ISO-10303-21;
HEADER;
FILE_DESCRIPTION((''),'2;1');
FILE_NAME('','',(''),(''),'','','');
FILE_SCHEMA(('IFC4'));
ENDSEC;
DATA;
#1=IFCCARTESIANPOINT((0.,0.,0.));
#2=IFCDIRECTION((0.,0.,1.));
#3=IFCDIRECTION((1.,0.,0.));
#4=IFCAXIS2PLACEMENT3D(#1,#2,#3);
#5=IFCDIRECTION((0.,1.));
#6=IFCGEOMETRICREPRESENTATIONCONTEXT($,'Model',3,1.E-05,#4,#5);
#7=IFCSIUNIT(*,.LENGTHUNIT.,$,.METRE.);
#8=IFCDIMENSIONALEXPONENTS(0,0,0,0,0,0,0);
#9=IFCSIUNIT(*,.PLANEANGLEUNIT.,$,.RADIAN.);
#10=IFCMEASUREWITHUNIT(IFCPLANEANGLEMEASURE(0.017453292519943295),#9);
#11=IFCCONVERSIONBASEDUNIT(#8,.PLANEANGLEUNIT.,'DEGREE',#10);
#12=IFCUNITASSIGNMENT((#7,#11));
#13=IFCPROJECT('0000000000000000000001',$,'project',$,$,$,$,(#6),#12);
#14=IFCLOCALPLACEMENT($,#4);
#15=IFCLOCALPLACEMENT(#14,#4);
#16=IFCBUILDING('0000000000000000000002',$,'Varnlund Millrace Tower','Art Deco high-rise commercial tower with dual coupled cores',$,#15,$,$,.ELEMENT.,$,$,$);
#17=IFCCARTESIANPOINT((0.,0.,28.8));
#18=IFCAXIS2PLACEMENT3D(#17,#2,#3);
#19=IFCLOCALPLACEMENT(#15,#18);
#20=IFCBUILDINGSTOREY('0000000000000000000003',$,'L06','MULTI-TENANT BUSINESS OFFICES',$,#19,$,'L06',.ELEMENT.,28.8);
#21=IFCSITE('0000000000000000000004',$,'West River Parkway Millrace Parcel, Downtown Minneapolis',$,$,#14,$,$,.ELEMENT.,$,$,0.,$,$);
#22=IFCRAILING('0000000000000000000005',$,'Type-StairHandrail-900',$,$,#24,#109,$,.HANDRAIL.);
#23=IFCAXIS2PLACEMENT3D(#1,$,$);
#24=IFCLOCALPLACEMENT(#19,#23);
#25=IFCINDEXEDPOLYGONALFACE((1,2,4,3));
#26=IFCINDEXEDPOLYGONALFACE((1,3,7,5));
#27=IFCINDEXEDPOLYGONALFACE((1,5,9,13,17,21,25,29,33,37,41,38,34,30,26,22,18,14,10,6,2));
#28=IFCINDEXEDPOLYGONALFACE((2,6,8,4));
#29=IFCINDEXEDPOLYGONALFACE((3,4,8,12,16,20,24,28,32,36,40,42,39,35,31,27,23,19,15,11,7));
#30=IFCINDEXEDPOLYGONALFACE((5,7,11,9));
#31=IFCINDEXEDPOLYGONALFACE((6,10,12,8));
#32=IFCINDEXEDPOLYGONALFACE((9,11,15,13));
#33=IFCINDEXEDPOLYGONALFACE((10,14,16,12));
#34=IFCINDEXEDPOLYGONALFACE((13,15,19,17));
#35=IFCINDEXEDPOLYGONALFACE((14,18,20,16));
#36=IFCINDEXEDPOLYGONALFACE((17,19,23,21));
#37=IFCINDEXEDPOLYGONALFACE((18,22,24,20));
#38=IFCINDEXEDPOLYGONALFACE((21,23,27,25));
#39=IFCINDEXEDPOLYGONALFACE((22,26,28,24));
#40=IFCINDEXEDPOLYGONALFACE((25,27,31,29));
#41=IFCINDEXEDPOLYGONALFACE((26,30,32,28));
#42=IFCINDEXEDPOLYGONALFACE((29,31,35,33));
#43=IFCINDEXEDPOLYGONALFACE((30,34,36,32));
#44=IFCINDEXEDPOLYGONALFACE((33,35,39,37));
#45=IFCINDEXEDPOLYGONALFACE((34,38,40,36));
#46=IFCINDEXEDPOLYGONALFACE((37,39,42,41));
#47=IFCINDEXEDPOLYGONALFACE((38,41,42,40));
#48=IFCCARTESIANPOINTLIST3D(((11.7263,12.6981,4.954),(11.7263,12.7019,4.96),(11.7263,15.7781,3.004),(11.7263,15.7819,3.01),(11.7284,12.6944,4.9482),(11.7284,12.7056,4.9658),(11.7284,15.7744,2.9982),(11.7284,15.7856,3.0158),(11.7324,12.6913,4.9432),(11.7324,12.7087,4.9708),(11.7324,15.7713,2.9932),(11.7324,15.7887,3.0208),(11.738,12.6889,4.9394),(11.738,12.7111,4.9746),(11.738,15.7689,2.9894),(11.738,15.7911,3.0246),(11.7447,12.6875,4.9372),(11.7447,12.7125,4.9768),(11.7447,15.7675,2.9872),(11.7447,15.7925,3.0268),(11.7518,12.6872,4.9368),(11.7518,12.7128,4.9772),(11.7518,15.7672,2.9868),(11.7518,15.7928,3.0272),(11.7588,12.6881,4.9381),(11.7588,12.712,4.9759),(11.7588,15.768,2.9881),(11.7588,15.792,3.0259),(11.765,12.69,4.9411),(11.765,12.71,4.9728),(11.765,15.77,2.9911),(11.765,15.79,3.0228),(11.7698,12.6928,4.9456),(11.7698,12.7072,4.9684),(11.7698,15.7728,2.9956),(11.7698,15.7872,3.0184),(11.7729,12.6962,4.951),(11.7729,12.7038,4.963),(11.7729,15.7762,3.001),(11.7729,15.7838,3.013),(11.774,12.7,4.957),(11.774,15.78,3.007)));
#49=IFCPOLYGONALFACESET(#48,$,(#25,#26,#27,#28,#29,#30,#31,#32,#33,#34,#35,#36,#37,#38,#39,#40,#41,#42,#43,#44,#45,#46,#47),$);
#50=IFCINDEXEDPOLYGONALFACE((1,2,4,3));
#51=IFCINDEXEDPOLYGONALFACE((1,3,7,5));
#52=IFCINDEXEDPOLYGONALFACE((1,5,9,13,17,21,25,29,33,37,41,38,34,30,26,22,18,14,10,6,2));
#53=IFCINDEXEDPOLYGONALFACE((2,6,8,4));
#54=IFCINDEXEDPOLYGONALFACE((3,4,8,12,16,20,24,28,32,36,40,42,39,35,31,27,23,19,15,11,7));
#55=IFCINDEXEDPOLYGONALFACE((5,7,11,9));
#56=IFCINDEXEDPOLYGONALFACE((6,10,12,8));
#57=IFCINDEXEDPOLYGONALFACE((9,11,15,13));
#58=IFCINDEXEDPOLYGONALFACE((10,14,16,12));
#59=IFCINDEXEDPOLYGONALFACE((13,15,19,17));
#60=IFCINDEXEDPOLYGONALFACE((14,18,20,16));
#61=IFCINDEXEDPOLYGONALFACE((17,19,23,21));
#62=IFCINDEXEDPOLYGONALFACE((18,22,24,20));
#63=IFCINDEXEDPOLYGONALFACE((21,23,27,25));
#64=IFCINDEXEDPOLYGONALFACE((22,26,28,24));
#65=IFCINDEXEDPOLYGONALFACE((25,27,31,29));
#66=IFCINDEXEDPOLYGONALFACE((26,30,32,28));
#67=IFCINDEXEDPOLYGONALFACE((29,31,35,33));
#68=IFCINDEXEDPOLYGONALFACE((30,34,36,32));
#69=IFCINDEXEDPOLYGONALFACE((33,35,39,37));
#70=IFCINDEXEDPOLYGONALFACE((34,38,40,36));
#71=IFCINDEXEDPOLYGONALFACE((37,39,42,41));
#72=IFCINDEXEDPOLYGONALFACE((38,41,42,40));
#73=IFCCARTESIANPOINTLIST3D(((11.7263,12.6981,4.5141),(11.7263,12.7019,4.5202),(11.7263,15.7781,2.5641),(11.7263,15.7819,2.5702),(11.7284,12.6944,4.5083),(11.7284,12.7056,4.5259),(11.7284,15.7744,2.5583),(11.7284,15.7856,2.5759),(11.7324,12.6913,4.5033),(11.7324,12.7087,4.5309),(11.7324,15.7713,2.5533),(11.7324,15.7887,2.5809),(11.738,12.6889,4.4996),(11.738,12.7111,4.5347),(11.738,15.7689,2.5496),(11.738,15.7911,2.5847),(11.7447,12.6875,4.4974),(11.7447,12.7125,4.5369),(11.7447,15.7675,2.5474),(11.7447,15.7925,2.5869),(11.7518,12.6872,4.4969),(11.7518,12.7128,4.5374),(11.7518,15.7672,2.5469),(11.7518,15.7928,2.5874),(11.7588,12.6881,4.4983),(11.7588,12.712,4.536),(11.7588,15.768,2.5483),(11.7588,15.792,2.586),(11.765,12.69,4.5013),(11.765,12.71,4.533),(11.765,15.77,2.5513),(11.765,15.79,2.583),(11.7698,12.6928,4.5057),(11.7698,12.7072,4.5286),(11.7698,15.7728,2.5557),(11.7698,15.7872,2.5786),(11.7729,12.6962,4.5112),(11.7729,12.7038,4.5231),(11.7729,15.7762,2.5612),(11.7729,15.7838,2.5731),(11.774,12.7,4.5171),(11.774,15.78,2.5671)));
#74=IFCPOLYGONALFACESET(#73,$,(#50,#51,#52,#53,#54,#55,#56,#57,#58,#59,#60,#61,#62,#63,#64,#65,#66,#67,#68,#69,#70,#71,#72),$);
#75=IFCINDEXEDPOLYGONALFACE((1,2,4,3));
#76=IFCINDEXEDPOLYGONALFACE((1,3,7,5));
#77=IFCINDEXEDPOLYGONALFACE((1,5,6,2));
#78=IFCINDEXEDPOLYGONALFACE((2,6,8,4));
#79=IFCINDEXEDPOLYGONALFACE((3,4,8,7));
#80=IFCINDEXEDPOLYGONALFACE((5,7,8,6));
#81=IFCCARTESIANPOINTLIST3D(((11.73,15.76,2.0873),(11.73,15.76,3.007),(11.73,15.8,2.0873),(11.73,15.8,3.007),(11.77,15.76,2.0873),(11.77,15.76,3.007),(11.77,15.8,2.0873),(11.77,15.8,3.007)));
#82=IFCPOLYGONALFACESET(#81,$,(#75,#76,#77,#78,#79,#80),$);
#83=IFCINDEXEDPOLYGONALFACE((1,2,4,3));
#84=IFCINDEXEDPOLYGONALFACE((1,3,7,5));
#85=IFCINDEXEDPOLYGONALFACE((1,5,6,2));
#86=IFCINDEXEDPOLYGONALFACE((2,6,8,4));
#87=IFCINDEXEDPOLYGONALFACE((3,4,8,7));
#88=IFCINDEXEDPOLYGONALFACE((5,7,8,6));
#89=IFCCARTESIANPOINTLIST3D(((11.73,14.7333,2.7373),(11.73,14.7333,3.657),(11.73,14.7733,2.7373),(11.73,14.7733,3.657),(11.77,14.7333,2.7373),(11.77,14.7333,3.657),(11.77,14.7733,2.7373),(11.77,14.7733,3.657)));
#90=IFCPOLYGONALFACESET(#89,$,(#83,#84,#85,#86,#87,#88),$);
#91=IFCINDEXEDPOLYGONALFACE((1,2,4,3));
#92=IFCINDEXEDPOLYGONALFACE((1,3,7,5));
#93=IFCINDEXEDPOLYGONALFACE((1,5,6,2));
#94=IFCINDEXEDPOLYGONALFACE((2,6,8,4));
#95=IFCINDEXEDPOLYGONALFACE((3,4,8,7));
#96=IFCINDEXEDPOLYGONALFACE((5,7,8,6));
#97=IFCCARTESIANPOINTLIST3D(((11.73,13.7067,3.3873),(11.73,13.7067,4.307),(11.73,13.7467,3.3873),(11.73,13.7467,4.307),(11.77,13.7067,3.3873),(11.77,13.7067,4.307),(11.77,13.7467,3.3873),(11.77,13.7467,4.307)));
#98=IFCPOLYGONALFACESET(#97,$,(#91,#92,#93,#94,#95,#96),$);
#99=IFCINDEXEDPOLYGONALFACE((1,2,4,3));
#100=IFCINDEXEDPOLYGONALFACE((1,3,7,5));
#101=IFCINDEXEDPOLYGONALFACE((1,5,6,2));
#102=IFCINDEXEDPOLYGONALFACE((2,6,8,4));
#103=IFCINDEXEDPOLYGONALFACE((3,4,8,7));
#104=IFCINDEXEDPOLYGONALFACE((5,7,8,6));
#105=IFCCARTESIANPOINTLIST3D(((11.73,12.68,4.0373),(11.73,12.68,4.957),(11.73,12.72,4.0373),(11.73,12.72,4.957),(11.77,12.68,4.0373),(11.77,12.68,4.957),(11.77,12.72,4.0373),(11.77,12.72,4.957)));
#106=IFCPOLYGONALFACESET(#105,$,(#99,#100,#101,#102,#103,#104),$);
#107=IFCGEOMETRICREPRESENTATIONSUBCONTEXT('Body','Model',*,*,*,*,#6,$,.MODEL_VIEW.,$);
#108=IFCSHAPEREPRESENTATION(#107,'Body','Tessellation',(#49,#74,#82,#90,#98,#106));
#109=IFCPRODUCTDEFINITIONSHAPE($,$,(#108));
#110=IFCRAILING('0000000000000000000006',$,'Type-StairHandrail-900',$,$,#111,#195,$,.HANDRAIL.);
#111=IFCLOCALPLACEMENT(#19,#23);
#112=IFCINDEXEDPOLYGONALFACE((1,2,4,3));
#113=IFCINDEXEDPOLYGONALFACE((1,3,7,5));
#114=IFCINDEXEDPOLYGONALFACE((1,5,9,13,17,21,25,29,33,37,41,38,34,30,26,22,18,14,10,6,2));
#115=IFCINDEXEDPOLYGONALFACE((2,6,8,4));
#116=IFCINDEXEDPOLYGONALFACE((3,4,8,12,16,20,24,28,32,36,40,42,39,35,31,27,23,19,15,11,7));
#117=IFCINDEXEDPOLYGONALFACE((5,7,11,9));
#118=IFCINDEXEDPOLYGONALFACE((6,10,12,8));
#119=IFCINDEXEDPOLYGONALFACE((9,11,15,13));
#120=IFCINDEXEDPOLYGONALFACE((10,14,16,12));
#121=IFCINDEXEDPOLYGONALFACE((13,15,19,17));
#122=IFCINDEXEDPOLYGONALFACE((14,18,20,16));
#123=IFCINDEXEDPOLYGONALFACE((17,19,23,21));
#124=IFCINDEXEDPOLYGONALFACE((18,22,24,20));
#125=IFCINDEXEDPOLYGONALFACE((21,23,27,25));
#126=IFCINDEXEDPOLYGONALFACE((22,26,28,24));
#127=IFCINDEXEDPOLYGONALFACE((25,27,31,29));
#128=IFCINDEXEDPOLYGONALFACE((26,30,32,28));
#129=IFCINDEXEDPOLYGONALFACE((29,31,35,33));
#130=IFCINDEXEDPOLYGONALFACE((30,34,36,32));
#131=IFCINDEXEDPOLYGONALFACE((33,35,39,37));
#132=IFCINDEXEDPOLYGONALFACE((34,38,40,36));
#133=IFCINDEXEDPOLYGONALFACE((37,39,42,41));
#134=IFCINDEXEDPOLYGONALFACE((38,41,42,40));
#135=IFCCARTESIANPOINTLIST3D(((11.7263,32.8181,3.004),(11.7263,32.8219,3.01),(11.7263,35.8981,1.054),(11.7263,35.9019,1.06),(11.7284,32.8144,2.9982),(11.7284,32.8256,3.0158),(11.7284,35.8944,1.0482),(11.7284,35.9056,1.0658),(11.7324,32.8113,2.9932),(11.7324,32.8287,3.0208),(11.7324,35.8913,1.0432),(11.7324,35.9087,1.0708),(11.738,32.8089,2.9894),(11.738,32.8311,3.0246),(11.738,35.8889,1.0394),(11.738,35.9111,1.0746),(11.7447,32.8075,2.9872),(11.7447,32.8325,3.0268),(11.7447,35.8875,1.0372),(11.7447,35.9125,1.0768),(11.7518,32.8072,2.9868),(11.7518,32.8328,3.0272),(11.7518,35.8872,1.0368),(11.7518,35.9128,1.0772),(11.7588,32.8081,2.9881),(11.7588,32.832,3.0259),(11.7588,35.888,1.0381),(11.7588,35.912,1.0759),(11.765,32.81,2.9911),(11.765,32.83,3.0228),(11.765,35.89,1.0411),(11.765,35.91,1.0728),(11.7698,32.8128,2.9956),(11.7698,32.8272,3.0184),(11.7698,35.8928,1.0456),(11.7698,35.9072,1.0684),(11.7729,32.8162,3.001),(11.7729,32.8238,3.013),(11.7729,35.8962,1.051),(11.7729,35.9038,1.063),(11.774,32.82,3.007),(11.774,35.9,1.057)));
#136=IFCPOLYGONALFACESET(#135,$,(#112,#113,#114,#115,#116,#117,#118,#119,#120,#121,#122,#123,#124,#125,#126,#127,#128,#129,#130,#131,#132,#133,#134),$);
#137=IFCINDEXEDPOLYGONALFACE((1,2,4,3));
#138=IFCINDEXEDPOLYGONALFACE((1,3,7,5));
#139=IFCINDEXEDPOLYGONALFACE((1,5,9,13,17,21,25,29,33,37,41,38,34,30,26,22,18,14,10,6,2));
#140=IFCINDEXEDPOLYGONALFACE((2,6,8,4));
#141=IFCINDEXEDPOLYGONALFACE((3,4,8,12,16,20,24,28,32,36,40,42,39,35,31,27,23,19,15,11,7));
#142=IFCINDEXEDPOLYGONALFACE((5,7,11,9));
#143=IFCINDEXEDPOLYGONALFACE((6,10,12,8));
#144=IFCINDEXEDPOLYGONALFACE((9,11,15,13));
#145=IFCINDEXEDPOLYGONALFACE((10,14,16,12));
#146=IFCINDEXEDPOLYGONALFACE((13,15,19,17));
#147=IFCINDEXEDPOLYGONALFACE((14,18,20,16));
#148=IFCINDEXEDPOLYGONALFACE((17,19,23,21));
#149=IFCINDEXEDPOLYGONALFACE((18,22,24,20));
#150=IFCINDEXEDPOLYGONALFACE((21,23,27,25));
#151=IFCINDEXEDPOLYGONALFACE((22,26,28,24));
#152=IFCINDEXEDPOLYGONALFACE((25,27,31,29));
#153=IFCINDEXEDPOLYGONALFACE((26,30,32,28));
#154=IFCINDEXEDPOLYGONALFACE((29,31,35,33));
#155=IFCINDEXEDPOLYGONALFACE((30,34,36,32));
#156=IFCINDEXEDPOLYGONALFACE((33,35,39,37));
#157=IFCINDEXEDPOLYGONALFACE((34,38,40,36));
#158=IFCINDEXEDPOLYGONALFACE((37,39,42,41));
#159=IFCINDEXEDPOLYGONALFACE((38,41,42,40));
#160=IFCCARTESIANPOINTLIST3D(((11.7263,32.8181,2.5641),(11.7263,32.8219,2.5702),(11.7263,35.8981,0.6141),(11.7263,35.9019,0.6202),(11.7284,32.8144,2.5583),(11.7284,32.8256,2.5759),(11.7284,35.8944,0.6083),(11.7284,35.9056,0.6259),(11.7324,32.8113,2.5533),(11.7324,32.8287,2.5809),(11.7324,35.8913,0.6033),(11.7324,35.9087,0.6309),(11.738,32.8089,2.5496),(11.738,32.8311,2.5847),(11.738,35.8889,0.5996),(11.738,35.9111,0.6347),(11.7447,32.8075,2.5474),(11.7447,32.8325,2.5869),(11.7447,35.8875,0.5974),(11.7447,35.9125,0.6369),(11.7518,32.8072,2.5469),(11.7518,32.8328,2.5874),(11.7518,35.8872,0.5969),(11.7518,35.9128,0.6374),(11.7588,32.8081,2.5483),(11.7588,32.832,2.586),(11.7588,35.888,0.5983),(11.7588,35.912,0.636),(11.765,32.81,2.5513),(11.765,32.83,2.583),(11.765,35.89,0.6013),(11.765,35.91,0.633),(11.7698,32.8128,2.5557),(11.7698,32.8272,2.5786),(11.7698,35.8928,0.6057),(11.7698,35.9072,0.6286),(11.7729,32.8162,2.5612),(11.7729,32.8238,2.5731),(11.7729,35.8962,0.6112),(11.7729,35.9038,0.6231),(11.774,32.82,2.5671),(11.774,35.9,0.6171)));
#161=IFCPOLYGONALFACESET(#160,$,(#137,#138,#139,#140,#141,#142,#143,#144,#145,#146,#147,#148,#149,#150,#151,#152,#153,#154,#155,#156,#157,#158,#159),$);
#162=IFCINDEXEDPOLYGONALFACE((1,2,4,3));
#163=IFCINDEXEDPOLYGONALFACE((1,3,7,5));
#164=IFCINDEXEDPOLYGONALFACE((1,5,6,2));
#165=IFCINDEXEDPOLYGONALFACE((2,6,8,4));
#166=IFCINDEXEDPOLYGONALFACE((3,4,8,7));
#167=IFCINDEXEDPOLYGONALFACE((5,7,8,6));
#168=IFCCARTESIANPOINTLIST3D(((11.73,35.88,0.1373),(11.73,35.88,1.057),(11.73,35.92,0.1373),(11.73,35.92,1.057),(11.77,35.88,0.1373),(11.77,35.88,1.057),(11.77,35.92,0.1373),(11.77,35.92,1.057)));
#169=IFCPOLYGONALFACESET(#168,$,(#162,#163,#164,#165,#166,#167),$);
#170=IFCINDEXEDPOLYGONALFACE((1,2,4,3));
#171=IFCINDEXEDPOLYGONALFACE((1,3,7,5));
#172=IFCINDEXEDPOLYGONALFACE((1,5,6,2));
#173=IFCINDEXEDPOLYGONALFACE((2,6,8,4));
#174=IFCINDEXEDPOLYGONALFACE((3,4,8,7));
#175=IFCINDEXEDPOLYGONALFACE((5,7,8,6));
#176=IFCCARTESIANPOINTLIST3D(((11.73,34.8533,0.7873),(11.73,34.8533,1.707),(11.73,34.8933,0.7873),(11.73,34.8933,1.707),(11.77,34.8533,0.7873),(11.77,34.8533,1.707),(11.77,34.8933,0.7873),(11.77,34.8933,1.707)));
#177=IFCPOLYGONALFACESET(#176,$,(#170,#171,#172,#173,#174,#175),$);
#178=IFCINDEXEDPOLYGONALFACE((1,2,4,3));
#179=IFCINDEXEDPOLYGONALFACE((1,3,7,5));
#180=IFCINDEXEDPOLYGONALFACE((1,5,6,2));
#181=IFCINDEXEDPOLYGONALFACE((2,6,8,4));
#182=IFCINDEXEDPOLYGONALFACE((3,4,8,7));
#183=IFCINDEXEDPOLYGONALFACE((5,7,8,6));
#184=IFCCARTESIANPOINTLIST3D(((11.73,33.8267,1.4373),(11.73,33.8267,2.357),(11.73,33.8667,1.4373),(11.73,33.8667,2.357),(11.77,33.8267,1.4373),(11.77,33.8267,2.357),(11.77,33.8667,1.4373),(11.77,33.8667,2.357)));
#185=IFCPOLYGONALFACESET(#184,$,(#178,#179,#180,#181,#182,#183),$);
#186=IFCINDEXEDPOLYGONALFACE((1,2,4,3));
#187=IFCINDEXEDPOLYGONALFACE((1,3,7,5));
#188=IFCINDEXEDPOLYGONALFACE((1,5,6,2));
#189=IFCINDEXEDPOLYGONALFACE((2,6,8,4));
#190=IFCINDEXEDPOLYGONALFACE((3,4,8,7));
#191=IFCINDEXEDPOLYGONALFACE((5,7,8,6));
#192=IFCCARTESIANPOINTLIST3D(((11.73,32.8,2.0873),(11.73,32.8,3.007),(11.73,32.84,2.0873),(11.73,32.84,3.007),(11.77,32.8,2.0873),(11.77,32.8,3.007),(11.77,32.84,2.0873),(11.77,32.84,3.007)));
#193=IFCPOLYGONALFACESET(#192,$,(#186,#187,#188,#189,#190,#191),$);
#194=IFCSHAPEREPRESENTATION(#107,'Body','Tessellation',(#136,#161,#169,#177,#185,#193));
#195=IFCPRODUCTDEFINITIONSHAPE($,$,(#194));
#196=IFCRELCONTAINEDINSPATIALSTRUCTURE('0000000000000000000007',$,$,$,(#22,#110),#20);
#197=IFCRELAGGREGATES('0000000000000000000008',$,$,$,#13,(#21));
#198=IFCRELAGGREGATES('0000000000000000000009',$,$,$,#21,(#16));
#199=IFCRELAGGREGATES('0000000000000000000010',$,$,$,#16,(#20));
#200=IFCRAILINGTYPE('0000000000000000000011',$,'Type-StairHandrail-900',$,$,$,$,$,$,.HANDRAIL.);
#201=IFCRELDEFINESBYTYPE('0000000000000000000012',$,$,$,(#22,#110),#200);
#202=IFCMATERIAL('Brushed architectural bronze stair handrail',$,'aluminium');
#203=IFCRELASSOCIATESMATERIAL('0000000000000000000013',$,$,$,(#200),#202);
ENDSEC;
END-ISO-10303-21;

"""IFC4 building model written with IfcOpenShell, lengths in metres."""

from ifc_helpers import new_model, entity, si_unit, converted_unit, direction, frame, origin_with_axes, origin_2d_with_axis, place, context, subcontext, project, spatial, rectangle, circle, extrude, material, type_object, element, save


model = new_model("IFC4")

# Units and contexts
model_context = context("Model", 3, precision=1e-05, world=origin_with_axes(), true_north=direction((0.0, 1.0)))
body_context = subcontext(model_context, "Body", "Model", "MODEL_VIEW")
ifc_project = project(units=[si_unit("LENGTHUNIT", "METRE"), converted_unit("PLANEANGLEUNIT", "DEGREE", entity("IfcPlaneAngleMeasure", 0.017453292519943295), si_unit("PLANEANGLEUNIT", "RADIAN"), dimensions=[0, 0, 0, 0, 0, 0, 0])], contexts=[model_context])

# Site, building, storey
site_placement = place(None, origin_with_axes())
site = spatial("IfcSite", under=ifc_project, at=site_placement, Name="West River Parkway Millrace Parcel, Downtown Minneapolis", CompositionType="ELEMENT", RefElevation=0.0)
building_placement = place(site_placement, origin_with_axes())
building = spatial("IfcBuilding", under=site, at=building_placement, Name="Varnlund Millrace Tower", Description="Art Deco high-rise commercial tower with dual coupled cores", CompositionType="ELEMENT")
storey_placement = place(building_placement, frame((0.0, 0.0, 28.8), z_axis=(0.0, 0.0, 1.0), x_axis=(1.0, 0.0, 0.0)))
storey = spatial("IfcBuildingStorey", under=building, at=storey_placement, Name="L06", Description="MULTI-TENANT BUSINESS OFFICES", LongName="L06", CompositionType="ELEMENT", Elevation=28.8)

# Railings
ifc_material_1 = material(Name="Brushed architectural bronze stair handrail", Category="aluminium")
railing_type_1 = type_object("IfcRailingType", Name="Type-StairHandrail-900", PredefinedType="HANDRAIL", material=ifc_material_1)
railing_1_placement = place(storey_placement, frame((0.0, 0.0, -28.8), z_axis=(0.0, 0.0, 1.0), x_axis=(1.0, 0.0, 0.0)))
element("IfcRailing", 1, at=railing_1_placement, inside=storey, type_object=railing_type_1, Name="Type-StairHandrail-900", PredefinedType="HANDRAIL", context=body_context, shape_type="SweptSolid", body=[
    extrude(circle(Radius=0.024, at=origin_2d_with_axis()), frame((11.75, 15.78, 31.807), z_axis=(0.0, -0.844902, 0.534922), x_axis=(1.0, 0.0, 0.0)), (0.0, 0.0, 1.0), 3.6454),
    extrude(circle(Radius=0.024, at=origin_2d_with_axis()), frame((11.75, 15.78, 31.3671), z_axis=(0.0, -0.844902, 0.534922), x_axis=(1.0, 0.0, 0.0)), (0.0, 0.0, 1.0), 3.6454),
    extrude(rectangle(XDim=0.04, YDim=0.04, at=origin_2d_with_axis()), frame((11.75, 15.78, 30.8873), z_axis=(0.0, 0.0, 1.0), x_axis=(1.0, 0.0, 0.0)), (0.0, 0.0, 1.0), 0.9197),
    extrude(rectangle(XDim=0.04, YDim=0.04, at=origin_2d_with_axis()), frame((11.75, 14.7533, 31.5373), z_axis=(0.0, 0.0, 1.0), x_axis=(1.0, 0.0, 0.0)), (0.0, 0.0, 1.0), 0.9197),
    extrude(rectangle(XDim=0.04, YDim=0.04, at=origin_2d_with_axis()), frame((11.75, 13.7267, 32.1873), z_axis=(0.0, 0.0, 1.0), x_axis=(1.0, 0.0, 0.0)), (0.0, 0.0, 1.0), 0.9197),
    extrude(rectangle(XDim=0.04, YDim=0.04, at=origin_2d_with_axis()), frame((11.75, 12.7, 32.8373), z_axis=(0.0, 0.0, 1.0), x_axis=(1.0, 0.0, 0.0)), (0.0, 0.0, 1.0), 0.9197),
])
railing_2_placement = place(storey_placement, frame((0.0, 0.0, -28.8), z_axis=(0.0, 0.0, 1.0), x_axis=(1.0, 0.0, 0.0)))
element("IfcRailing", 2, at=railing_2_placement, inside=storey, type_object=railing_type_1, Name="Type-StairHandrail-900", PredefinedType="HANDRAIL", context=body_context, shape_type="SweptSolid", body=[
    extrude(circle(Radius=0.024, at=origin_2d_with_axis()), frame((11.75, 35.9, 29.857), z_axis=(0.0, -0.844902, 0.534922), x_axis=(1.0, 0.0, 0.0)), (0.0, 0.0, 1.0), 3.6454),
    extrude(circle(Radius=0.024, at=origin_2d_with_axis()), frame((11.75, 35.9, 29.4171), z_axis=(0.0, -0.844902, 0.534922), x_axis=(1.0, 0.0, 0.0)), (0.0, 0.0, 1.0), 3.6454),
    extrude(rectangle(XDim=0.04, YDim=0.04, at=origin_2d_with_axis()), frame((11.75, 35.9, 28.9373), z_axis=(0.0, 0.0, 1.0), x_axis=(1.0, 0.0, 0.0)), (0.0, 0.0, 1.0), 0.9197),
    extrude(rectangle(XDim=0.04, YDim=0.04, at=origin_2d_with_axis()), frame((11.75, 34.8733, 29.5873), z_axis=(0.0, 0.0, 1.0), x_axis=(1.0, 0.0, 0.0)), (0.0, 0.0, 1.0), 0.9197),
    extrude(rectangle(XDim=0.04, YDim=0.04, at=origin_2d_with_axis()), frame((11.75, 33.8467, 30.2373), z_axis=(0.0, 0.0, 1.0), x_axis=(1.0, 0.0, 0.0)), (0.0, 0.0, 1.0), 0.9197),
    extrude(rectangle(XDim=0.04, YDim=0.04, at=origin_2d_with_axis()), frame((11.75, 32.82, 30.8873), z_axis=(0.0, 0.0, 1.0), x_axis=(1.0, 0.0, 0.0)), (0.0, 0.0, 1.0), 0.9197),
])

save(model, "model.ifc")
